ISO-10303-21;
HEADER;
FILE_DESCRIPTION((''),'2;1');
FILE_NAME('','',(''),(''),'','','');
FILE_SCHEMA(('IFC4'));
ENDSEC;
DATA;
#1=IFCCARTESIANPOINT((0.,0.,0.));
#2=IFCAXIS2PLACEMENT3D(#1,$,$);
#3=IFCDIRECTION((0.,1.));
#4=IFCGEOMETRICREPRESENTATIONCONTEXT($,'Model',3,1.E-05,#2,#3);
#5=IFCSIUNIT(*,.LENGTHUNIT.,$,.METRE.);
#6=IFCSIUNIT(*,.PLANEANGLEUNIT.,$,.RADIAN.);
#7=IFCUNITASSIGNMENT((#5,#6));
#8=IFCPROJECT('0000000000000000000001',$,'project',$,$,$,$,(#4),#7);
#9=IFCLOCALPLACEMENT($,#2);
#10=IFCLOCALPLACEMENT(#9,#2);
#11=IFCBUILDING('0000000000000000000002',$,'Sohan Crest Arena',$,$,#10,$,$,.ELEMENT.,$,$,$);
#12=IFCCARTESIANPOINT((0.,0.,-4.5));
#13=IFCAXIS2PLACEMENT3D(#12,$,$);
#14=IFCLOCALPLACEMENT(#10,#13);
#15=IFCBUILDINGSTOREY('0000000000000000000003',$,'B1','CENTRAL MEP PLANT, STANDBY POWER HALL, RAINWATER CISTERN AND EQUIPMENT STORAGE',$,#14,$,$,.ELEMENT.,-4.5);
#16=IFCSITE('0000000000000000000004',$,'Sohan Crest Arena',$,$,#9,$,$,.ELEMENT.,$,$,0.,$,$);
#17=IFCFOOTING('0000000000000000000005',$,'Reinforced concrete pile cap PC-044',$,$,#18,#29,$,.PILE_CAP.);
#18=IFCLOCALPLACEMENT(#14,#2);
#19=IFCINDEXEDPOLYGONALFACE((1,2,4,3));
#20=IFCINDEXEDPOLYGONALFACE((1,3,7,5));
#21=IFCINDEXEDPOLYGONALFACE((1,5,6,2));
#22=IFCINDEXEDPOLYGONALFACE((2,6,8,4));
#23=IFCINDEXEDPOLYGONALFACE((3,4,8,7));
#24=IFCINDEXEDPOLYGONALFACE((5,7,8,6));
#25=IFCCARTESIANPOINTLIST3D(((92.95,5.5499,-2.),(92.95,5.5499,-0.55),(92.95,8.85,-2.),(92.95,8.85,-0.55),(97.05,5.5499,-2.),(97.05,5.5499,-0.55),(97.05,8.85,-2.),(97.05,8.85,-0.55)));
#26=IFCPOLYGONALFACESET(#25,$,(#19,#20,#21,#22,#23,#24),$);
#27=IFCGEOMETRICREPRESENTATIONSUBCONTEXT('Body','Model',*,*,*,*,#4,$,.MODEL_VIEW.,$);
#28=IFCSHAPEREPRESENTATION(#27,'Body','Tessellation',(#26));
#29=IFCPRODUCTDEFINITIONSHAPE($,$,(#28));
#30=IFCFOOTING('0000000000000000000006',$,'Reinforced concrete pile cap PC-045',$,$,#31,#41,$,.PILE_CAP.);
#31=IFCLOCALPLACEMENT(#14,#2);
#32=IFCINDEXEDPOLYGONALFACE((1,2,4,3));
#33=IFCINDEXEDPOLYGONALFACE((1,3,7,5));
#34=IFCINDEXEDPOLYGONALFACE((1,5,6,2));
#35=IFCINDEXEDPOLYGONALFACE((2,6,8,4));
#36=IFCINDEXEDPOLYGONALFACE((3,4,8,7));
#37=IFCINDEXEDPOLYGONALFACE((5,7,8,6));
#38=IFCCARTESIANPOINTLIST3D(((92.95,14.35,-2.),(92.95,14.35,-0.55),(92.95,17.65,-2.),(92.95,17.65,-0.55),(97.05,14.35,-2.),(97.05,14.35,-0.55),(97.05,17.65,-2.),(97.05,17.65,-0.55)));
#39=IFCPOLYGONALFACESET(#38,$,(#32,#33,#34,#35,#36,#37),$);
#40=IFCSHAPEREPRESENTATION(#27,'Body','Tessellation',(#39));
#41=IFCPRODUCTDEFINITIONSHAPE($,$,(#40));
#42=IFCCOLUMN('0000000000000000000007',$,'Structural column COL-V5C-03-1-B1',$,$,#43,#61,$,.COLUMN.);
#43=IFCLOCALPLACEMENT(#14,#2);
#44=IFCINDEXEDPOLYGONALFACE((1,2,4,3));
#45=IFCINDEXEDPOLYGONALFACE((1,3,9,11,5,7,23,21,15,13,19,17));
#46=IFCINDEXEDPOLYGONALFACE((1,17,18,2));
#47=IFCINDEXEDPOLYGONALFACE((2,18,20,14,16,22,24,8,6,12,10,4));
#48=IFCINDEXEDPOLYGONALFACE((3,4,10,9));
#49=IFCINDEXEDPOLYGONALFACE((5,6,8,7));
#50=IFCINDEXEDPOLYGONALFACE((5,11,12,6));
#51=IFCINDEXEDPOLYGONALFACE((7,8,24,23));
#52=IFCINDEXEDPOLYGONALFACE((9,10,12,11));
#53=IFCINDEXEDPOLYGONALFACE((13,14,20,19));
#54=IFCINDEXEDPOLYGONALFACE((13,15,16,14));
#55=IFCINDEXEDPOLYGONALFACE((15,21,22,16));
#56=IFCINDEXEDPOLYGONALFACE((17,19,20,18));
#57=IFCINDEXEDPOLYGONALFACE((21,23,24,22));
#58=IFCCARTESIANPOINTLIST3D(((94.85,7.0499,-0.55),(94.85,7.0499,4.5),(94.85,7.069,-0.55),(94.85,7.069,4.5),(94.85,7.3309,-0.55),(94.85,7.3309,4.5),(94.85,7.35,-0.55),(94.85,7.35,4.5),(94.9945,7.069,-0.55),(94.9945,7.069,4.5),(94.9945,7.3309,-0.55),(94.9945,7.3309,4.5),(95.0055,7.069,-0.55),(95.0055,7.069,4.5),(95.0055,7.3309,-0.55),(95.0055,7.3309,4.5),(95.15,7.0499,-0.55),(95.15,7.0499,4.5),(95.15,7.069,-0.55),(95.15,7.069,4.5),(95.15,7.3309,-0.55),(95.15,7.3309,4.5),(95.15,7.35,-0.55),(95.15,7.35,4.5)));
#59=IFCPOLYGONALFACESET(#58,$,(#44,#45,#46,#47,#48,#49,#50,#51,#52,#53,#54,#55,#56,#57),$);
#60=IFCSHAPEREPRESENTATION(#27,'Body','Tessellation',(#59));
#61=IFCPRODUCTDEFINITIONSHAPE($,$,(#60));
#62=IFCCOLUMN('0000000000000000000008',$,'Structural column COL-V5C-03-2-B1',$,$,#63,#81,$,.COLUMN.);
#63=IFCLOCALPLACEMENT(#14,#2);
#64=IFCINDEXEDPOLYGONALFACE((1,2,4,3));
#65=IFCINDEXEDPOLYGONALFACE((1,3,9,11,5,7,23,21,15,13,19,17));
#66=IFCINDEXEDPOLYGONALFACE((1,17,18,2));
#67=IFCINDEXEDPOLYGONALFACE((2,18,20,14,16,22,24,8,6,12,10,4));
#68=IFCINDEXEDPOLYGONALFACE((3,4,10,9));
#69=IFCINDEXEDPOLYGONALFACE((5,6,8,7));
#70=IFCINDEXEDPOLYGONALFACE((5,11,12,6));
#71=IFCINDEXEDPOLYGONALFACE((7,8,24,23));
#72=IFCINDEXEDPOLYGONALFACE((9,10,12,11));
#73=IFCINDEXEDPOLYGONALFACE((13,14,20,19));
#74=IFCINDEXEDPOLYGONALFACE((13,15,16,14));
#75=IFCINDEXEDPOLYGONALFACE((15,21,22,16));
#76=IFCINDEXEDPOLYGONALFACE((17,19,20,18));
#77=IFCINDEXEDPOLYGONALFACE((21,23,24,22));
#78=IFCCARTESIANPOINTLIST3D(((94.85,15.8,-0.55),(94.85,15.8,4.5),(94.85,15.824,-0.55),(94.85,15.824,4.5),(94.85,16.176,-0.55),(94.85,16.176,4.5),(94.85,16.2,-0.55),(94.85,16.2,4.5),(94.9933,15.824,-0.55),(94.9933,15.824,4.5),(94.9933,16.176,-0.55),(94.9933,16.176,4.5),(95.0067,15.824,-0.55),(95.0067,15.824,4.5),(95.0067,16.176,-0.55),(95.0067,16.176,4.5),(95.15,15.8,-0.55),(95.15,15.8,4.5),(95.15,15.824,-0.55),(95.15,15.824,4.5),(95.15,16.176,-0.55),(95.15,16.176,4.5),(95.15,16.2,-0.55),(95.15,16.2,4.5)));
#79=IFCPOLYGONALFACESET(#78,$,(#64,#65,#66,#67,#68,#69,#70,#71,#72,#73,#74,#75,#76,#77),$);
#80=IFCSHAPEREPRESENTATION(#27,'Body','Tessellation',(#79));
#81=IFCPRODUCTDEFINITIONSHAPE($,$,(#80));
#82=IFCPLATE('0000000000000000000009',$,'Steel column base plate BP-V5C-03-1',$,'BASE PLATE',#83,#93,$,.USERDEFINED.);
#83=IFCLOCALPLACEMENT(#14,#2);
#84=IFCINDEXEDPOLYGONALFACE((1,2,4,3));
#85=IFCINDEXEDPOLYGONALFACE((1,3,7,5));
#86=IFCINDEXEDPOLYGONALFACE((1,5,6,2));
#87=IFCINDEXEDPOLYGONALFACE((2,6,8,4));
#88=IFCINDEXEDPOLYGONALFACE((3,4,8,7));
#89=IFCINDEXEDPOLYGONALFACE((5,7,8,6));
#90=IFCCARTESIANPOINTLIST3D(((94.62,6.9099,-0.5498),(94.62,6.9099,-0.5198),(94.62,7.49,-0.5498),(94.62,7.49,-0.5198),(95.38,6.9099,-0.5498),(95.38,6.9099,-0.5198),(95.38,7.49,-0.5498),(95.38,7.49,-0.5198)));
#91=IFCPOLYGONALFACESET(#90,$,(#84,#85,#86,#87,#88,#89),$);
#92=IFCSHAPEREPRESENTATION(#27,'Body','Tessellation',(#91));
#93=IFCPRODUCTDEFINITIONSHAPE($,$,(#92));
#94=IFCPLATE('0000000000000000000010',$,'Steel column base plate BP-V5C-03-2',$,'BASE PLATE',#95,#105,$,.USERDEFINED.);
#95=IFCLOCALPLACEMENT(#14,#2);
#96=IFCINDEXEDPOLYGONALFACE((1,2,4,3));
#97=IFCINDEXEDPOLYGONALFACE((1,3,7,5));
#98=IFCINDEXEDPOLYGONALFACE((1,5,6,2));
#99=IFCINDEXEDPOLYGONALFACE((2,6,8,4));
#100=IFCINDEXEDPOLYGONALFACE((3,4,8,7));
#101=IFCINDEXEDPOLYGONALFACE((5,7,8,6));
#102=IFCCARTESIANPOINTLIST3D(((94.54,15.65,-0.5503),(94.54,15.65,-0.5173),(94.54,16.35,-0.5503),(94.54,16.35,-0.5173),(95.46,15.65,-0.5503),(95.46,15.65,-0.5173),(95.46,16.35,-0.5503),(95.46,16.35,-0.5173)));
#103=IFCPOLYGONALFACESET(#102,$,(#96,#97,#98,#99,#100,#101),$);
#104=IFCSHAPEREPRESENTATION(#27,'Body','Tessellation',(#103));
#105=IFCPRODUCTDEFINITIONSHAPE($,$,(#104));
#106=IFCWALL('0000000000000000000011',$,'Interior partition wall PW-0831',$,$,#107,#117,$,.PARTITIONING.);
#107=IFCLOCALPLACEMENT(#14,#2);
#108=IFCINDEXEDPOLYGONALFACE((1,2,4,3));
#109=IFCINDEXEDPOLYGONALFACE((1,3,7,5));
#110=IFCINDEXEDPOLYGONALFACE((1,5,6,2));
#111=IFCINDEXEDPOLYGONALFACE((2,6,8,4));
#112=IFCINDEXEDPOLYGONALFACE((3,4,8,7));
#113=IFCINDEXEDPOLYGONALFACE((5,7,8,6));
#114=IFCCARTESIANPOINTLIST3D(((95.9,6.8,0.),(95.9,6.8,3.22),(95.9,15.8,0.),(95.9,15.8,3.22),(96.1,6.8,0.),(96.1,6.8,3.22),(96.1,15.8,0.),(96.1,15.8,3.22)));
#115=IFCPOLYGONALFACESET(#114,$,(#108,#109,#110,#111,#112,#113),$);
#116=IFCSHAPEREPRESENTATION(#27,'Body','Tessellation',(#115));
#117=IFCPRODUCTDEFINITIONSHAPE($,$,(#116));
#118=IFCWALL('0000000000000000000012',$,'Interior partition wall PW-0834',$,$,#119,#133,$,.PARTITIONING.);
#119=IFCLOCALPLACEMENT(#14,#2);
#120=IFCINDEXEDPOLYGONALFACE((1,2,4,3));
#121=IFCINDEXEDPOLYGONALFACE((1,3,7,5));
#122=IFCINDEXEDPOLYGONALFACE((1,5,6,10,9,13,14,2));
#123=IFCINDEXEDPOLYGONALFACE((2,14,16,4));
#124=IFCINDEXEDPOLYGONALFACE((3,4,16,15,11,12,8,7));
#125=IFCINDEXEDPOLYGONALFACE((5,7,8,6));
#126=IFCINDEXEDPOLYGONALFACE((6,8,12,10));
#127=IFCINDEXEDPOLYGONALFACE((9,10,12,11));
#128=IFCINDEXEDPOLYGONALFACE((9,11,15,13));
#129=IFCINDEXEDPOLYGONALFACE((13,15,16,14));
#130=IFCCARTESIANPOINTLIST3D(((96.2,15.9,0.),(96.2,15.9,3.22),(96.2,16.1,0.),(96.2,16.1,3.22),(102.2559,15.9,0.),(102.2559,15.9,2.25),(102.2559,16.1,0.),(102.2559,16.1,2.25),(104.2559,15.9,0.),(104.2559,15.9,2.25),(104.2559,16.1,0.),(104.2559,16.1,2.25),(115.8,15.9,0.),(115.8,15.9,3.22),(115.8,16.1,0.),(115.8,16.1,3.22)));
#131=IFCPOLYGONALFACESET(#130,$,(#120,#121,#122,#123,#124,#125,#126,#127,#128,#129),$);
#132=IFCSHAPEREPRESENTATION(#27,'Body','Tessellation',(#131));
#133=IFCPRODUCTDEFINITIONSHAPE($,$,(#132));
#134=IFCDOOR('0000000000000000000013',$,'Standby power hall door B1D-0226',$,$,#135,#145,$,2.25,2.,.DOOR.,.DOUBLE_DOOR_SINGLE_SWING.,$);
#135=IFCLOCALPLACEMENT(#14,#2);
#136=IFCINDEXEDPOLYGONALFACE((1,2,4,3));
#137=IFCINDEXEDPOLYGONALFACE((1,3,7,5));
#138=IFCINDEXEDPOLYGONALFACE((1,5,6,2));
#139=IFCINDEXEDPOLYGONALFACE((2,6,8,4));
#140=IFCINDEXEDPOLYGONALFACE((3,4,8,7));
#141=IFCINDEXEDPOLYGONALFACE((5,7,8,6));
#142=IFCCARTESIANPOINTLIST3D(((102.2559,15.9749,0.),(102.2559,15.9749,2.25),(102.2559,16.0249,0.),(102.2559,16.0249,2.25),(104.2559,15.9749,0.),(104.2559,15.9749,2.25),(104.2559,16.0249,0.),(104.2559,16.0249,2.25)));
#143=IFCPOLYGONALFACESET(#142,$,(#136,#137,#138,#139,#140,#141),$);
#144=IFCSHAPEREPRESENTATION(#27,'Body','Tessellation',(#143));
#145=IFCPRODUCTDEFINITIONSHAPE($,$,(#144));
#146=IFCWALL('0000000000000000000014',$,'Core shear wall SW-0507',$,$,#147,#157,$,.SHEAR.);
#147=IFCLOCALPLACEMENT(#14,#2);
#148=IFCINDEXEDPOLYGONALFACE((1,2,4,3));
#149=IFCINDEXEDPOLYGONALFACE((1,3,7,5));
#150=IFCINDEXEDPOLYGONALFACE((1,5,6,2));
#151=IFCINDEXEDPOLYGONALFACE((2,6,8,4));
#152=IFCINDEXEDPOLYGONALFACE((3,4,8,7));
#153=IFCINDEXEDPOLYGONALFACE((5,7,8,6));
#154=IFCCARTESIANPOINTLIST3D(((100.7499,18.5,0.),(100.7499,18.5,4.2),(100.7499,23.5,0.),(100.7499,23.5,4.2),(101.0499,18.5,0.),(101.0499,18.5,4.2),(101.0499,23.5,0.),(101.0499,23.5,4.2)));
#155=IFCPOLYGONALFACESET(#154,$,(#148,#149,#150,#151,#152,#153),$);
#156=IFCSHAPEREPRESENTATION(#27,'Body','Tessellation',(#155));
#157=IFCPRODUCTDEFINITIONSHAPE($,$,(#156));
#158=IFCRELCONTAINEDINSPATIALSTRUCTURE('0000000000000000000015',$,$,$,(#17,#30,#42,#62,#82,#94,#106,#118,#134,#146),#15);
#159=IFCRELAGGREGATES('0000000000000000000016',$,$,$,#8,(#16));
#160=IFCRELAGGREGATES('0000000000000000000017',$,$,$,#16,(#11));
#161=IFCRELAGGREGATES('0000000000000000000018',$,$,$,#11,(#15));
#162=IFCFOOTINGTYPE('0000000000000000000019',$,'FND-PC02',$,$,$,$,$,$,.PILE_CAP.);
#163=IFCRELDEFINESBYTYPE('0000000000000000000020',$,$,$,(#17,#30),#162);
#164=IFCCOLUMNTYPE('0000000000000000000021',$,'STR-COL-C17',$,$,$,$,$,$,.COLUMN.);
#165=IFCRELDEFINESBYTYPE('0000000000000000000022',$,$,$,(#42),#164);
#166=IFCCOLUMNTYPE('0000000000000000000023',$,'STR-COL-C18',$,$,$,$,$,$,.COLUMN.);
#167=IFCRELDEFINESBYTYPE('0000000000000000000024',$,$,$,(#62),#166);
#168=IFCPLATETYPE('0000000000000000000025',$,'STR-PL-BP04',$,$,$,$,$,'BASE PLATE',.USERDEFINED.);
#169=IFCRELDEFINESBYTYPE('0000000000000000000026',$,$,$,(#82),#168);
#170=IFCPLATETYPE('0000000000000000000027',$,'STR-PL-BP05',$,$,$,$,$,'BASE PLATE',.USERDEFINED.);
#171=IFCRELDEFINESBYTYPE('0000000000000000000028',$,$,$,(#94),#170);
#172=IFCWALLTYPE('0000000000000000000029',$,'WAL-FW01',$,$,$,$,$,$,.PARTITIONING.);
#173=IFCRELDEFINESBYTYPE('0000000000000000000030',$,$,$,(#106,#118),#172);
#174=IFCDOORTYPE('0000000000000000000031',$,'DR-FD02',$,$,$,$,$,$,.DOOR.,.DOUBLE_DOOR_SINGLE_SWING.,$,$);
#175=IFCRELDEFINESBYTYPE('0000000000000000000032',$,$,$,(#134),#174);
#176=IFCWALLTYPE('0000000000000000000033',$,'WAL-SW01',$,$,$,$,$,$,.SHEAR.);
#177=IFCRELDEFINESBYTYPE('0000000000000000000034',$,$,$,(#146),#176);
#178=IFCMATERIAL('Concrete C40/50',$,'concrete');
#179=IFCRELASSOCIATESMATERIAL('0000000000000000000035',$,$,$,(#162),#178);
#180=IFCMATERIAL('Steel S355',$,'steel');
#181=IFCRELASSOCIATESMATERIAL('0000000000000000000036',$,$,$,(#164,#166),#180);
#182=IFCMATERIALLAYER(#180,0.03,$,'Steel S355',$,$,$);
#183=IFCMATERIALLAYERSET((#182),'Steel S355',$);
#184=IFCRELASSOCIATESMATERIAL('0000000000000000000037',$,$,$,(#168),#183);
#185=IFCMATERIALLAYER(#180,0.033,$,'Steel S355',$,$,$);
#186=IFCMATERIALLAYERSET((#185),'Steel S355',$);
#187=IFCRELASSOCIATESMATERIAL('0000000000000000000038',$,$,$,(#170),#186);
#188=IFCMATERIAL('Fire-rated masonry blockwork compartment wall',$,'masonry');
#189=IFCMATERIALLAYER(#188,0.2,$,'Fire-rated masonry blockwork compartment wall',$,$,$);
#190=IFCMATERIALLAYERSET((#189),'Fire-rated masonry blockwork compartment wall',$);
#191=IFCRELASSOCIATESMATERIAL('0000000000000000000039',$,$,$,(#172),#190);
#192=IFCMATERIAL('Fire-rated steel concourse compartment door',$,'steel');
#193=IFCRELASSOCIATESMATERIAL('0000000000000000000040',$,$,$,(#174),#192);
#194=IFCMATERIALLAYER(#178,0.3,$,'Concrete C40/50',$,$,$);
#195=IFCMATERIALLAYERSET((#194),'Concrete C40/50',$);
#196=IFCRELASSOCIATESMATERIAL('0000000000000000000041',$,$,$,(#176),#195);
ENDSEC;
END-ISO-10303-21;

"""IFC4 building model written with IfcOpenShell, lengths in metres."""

from ifc_helpers import new_model, si_unit, direction, frame, frame_2d, origin, origin_2d, place, context, subcontext, project, spatial, rectangle, i_section, extrude, material, layer, layer_set, material_profile, profile_set, type_object, element, fill, save


model = new_model("IFC4")

# Units and contexts
model_context = context("Model", 3, precision=1e-05, world=origin(), true_north=direction((0.0, 1.0)))
body_context = subcontext(model_context, "Body", "Model", "MODEL_VIEW")
ifc_project = project(units=[si_unit("LENGTHUNIT", "METRE"), si_unit("PLANEANGLEUNIT", "RADIAN")], contexts=[model_context])

# Site, building, storey
site_placement = place(None, origin())
site = spatial("IfcSite", under=ifc_project, at=site_placement, Name="Sohan Crest Arena", CompositionType="ELEMENT", RefElevation=0.0)
building_placement = place(site_placement, origin())
building = spatial("IfcBuilding", under=site, at=building_placement, Name="Sohan Crest Arena", CompositionType="ELEMENT")
storey_placement = place(building_placement, frame((0.0, 0.0, -4.5)))
storey = spatial("IfcBuildingStorey", under=building, at=storey_placement, Name="B1", Description="CENTRAL MEP PLANT, STANDBY POWER HALL, RAINWATER CISTERN AND EQUIPMENT STORAGE", CompositionType="ELEMENT", Elevation=-4.5)

# Shared definitions
ifc_material_1 = material(Name="Concrete C40/50", Category="concrete")

# Footings
footing_type_1 = type_object("IfcFootingType", Name="FND-PC02", PredefinedType="PILE_CAP", material=ifc_material_1)
for number, where, z_axis, x_axis, name in (
    (1, (95.0, 7.2, -2.0), (0.0, 0.0, 1.0), (1.0, 0.0, 0.0), "Reinforced concrete pile cap PC-044"),
    (2, (95.0, 16.0, -2.0), (0.0, 0.0, 1.0), (1.0, 0.0, 0.0), "Reinforced concrete pile cap PC-045"),
):
    element("IfcFooting", number, at=place(storey_placement, frame(where, z_axis=z_axis, x_axis=x_axis)), inside=storey, type_object=footing_type_1, Name=name, PredefinedType="PILE_CAP", context=body_context, shape_type="SweptSolid", body=[
        extrude(rectangle(XDim=4.1001, YDim=3.3, at=origin_2d()), origin(), (0.0, 0.0, 1.0), 1.45),
    ])

# Columns
ifc_material_2 = material(Name="Steel S355", Category="steel")
ifc_material_profile_1 = material_profile(ifc_material_2, i_section(OverallWidth=0.3, OverallDepth=0.3, WebThickness=0.011, FlangeThickness=0.019, at=origin_2d()), Name="HEB 300")
ifc_profile_set_1 = profile_set([ifc_material_profile_1], Name="Steel S355")
column_type_1 = type_object("IfcColumnType", Name="STR-COL-C17", PredefinedType="COLUMN", material=ifc_profile_set_1)
column_1_placement = place(storey_placement, frame((95.0, 7.2, -0.55), z_axis=(0.0, 0.0, 1.0), x_axis=(1.0, 0.0, 0.0)))
element("IfcColumn", 3, at=column_1_placement, inside=storey, type_object=column_type_1, Name="Structural column COL-V5C-03-1-B1", PredefinedType="COLUMN", context=body_context, shape_type="SweptSolid", body=[
    extrude(i_section(OverallWidth=0.3, OverallDepth=0.3, WebThickness=0.011, FlangeThickness=0.019, at=origin_2d()), origin(), (0.0, 0.0, 1.0), 5.05),
])
ifc_material_profile_2 = material_profile(ifc_material_2, i_section(OverallWidth=0.3, OverallDepth=0.3999, WebThickness=0.0134, FlangeThickness=0.0239, at=origin_2d()), Name="HEB 400")
ifc_profile_set_2 = profile_set([ifc_material_profile_2], Name="Steel S355")
column_type_2 = type_object("IfcColumnType", Name="STR-COL-C18", PredefinedType="COLUMN", material=ifc_profile_set_2)
column_2_placement = place(storey_placement, frame((95.0, 16.0, -0.55), z_axis=(0.0, 0.0, 1.0), x_axis=(1.0, 0.0, 0.0)))
element("IfcColumn", 4, at=column_2_placement, inside=storey, type_object=column_type_2, Name="Structural column COL-V5C-03-2-B1", PredefinedType="COLUMN", context=body_context, shape_type="SweptSolid", body=[
    extrude(i_section(OverallWidth=0.3, OverallDepth=0.3999, WebThickness=0.0134, FlangeThickness=0.0239, at=origin_2d()), origin(), (0.0, 0.0, 1.0), 5.05),
])

# Plates
ifc_layer_1 = layer(ifc_material_2, 0.03, Name="Steel S355")
ifc_layer_set_1 = layer_set([ifc_layer_1], Name="Steel S355")
plate_type_1 = type_object("IfcPlateType", Name="STR-PL-BP04", ElementType="BASE PLATE", PredefinedType="USERDEFINED", material=ifc_layer_set_1)
plate_1_placement = place(storey_placement, frame((95.0, 7.2, -0.5498), z_axis=(0.0, 0.0, 1.0), x_axis=(1.0, 0.0, 0.0)))
element("IfcPlate", 5, at=plate_1_placement, inside=storey, type_object=plate_type_1, Name="Steel column base plate BP-V5C-03-1", ObjectType="BASE PLATE", PredefinedType="USERDEFINED", context=body_context, shape_type="SweptSolid", body=[
    extrude(rectangle(XDim=0.76, YDim=0.5801, at=origin_2d()), origin(), (0.0, 0.0, 1.0), 0.03),
])
ifc_layer_2 = layer(ifc_material_2, 0.033, Name="Steel S355")
ifc_layer_set_2 = layer_set([ifc_layer_2], Name="Steel S355")
plate_type_2 = type_object("IfcPlateType", Name="STR-PL-BP05", ElementType="BASE PLATE", PredefinedType="USERDEFINED", material=ifc_layer_set_2)
plate_2_placement = place(storey_placement, frame((95.0, 16.0, -0.5503), z_axis=(0.0, 0.0, 1.0), x_axis=(1.0, 0.0, 0.0)))
element("IfcPlate", 6, at=plate_2_placement, inside=storey, type_object=plate_type_2, Name="Steel column base plate BP-V5C-03-2", ObjectType="BASE PLATE", PredefinedType="USERDEFINED", context=body_context, shape_type="SweptSolid", body=[
    extrude(rectangle(XDim=0.9199, YDim=0.7, at=origin_2d()), origin(), (0.0, 0.0, 1.0), 0.033),
])

# Wall
ifc_material_3 = material(Name="Fire-rated masonry blockwork compartment wall", Category="masonry")
ifc_layer_3 = layer(ifc_material_3, 0.2, Name="Fire-rated masonry blockwork compartment wall")
ifc_layer_set_3 = layer_set([ifc_layer_3], Name="Fire-rated masonry blockwork compartment wall")
wall_type_1 = type_object("IfcWallType", Name="WAL-FW01", PredefinedType="PARTITIONING", material=ifc_layer_set_3)
wall_1_placement = place(storey_placement, frame((96.0, 6.8, 0.0), z_axis=(0.0, 0.0, 1.0), x_axis=(0.0, 1.0, 0.0)))
element("IfcWall", 7, at=wall_1_placement, inside=storey, type_object=wall_type_1, Name="Interior partition wall PW-0831", PredefinedType="PARTITIONING", context=body_context, shape_type="SweptSolid", body=[
    extrude(rectangle(XDim=9.0, YDim=0.2, at=frame_2d((4.5, 0.0))), origin(), (0.0, 0.0, 1.0), 3.22),
])

# Wall, opening, door
wall_2_placement = place(storey_placement, frame((96.2, 16.0, 0.0), z_axis=(0.0, 0.0, 1.0), x_axis=(1.0, 0.0, 0.0)))
wall_2 = element("IfcWall", 8, at=wall_2_placement, inside=storey, type_object=wall_type_1, Name="Interior partition wall PW-0834", PredefinedType="PARTITIONING", context=body_context, shape_type="SweptSolid", body=[
    extrude(rectangle(XDim=19.6001, YDim=0.2, at=frame_2d((9.8, 0.0))), origin(), (0.0, 0.0, 1.0), 3.22),
])
opening_1_placement = place(wall_2_placement, frame((6.0559, 0.0, 0.0)))
opening_1 = element("IfcOpeningElement", 9, at=opening_1_placement, cuts=wall_2, PredefinedType="OPENING", context=body_context, shape_type="SweptSolid", body=[
    extrude(rectangle(XDim=2.0, YDim=2.25, at=frame_2d((1.0, 1.125))), frame((0.0, 0.1099, 0.0), z_axis=(0.0, -1.0, 0.0), x_axis=(1.0, 0.0, 0.0)), (0.0, 0.0, 1.0), 0.22),
])
ifc_material_4 = material(Name="Fire-rated steel concourse compartment door", Category="steel")
door_type_1 = type_object("IfcDoorType", Name="DR-FD02", OperationType="DOUBLE_DOOR_SINGLE_SWING", PredefinedType="DOOR", material=ifc_material_4)
door_1_placement = place(opening_1_placement, origin())
door_1 = element("IfcDoor", 10, at=door_1_placement, inside=storey, type_object=door_type_1, Name="Standby power hall door B1D-0226", OperationType="DOUBLE_DOOR_SINGLE_SWING", OverallHeight=2.25, OverallWidth=2.0, PredefinedType="DOOR", context=body_context, shape_type="SweptSolid", body=[
    extrude(rectangle(XDim=2.0, YDim=2.25, at=frame_2d((1.0, 1.125))), frame((0.0, 0.0249, 0.0), z_axis=(0.0, -1.0, 0.0), x_axis=(1.0, 0.0, 0.0)), (0.0, 0.0, 1.0), 0.05),
])
fill(opening_1, door_1)

# Wall
ifc_layer_4 = layer(ifc_material_1, 0.3, Name="Concrete C40/50")
ifc_layer_set_4 = layer_set([ifc_layer_4], Name="Concrete C40/50")
wall_type_2 = type_object("IfcWallType", Name="WAL-SW01", PredefinedType="SHEAR", material=ifc_layer_set_4)
wall_3_placement = place(storey_placement, frame((100.8999, 18.5, 0.0), z_axis=(0.0, 0.0, 1.0), x_axis=(0.0, 1.0, 0.0)))
element("IfcWall", 11, at=wall_3_placement, inside=storey, type_object=wall_type_2, Name="Core shear wall SW-0507", PredefinedType="SHEAR", context=body_context, shape_type="SweptSolid", body=[
    extrude(rectangle(XDim=5.0, YDim=0.3, at=frame_2d((2.5, 0.0))), origin(), (0.0, 0.0, 1.0), 4.2),
])

save(model, "model.ifc")
